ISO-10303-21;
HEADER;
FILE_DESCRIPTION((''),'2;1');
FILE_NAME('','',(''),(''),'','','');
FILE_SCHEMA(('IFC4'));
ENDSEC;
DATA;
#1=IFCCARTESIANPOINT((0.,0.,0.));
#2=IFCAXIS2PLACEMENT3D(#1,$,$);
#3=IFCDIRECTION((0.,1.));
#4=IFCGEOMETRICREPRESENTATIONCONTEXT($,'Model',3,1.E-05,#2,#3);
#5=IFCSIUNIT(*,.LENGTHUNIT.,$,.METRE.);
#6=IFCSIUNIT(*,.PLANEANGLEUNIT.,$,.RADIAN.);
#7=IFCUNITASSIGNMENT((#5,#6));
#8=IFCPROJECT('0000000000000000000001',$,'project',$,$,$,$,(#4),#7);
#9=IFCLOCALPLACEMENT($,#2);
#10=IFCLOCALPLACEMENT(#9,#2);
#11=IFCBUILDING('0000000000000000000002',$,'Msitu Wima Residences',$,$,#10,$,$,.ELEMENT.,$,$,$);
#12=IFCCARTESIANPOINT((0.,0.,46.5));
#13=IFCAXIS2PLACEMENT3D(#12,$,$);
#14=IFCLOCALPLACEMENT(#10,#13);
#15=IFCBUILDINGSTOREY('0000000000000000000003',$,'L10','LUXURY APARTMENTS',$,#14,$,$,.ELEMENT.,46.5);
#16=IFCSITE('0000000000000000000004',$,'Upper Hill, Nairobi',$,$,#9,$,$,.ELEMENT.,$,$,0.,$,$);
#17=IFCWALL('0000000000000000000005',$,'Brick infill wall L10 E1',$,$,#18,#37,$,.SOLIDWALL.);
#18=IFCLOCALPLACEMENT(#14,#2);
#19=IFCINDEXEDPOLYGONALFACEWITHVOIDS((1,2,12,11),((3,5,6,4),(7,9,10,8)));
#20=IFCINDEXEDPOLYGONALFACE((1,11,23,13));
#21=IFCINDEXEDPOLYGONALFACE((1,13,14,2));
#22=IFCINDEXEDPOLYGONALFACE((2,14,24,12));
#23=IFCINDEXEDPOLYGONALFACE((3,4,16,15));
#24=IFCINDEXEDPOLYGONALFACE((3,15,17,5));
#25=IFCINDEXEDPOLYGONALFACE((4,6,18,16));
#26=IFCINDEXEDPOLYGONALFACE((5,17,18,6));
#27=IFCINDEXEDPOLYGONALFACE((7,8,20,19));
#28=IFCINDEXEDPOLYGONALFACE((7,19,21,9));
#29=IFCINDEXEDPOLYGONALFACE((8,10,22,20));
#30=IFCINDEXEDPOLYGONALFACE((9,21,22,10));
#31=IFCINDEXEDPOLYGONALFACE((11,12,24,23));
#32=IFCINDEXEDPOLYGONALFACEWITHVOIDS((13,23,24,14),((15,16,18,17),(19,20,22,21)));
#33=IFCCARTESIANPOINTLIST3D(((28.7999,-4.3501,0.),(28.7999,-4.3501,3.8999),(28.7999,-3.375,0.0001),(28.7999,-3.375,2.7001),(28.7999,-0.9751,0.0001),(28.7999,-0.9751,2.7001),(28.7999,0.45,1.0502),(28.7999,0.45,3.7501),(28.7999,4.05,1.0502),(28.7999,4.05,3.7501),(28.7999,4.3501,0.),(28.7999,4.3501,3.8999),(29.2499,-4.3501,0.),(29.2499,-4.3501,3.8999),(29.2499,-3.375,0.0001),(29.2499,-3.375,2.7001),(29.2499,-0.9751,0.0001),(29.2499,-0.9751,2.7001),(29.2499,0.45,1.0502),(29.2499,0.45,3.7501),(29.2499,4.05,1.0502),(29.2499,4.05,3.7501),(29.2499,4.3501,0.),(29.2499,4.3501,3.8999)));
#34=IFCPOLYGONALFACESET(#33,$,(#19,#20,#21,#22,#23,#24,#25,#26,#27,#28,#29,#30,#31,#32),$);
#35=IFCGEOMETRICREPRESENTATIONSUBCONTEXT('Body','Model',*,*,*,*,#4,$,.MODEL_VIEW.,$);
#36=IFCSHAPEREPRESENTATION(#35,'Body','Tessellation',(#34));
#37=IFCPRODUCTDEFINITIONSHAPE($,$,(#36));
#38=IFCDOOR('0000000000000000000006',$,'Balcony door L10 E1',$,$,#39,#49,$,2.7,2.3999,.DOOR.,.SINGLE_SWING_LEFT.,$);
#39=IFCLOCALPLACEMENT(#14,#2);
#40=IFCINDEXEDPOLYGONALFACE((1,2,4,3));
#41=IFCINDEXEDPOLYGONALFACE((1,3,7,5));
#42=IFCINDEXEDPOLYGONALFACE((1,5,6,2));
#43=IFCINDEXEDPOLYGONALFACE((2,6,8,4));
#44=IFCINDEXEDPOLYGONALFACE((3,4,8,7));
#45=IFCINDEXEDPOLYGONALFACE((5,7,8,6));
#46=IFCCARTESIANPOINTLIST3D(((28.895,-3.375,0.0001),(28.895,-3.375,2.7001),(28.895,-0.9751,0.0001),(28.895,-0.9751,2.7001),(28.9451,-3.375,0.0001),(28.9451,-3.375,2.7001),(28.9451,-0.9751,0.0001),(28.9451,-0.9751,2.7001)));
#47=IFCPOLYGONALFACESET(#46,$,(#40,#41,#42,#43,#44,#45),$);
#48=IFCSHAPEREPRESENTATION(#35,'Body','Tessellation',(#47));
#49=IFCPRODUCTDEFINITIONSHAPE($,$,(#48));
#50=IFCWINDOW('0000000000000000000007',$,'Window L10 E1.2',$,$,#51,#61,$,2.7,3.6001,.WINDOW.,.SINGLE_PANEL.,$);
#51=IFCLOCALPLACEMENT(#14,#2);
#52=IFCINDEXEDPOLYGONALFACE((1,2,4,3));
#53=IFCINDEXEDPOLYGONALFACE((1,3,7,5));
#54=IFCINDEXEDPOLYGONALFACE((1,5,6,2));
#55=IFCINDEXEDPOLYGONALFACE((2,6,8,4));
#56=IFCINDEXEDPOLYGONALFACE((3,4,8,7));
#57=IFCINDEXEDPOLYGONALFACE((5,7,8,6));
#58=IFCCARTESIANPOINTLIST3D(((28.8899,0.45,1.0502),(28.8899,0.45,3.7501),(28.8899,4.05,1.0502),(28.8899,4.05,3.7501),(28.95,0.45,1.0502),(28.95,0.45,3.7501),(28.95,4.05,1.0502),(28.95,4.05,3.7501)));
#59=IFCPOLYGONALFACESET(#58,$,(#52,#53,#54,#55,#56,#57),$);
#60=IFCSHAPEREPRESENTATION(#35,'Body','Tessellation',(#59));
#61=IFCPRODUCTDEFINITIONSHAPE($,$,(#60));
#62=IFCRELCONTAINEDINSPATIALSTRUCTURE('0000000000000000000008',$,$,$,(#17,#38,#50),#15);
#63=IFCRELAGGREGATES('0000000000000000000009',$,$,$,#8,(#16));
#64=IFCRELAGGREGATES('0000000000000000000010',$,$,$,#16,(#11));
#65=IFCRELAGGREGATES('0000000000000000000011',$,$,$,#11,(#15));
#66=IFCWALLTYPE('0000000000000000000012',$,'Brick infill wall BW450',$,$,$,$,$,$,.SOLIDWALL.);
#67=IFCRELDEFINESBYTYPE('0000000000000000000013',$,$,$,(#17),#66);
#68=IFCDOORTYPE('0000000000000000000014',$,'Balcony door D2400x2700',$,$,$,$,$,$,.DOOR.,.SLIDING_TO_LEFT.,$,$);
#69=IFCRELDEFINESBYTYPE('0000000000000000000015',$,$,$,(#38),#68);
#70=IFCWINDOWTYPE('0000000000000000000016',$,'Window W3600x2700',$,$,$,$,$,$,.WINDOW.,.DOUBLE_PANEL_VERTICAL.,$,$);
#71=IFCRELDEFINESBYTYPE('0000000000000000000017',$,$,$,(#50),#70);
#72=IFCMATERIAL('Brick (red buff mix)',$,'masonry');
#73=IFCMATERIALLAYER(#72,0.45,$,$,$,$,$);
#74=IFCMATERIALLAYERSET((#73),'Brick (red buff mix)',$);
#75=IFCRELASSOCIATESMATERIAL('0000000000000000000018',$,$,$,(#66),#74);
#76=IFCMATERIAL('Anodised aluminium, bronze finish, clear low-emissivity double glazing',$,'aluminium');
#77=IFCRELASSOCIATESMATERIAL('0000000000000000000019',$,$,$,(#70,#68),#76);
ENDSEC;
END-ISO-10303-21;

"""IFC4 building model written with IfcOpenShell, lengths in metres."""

from ifc_helpers import new_model, si_unit, direction, frame, frame_2d, origin, place, context, subcontext, project, spatial, rectangle, extrude, material, layer, layer_set, type_object, element, fill, save


model = new_model("IFC4")

# Units and contexts
model_context = context("Model", 3, precision=1e-05, world=origin(), true_north=direction((0.0, 1.0)))
body_context = subcontext(model_context, "Body", "Model", "MODEL_VIEW")
ifc_project = project(units=[si_unit("LENGTHUNIT", "METRE"), si_unit("PLANEANGLEUNIT", "RADIAN")], contexts=[model_context])

# Site, building, storey
site_placement = place(None, origin())
site = spatial("IfcSite", under=ifc_project, at=site_placement, Name="Upper Hill, Nairobi", CompositionType="ELEMENT", RefElevation=0.0)
building_placement = place(site_placement, origin())
building = spatial("IfcBuilding", under=site, at=building_placement, Name="Msitu Wima Residences", CompositionType="ELEMENT")
storey_placement = place(building_placement, frame((0.0, 0.0, 46.5)))
storey = spatial("IfcBuildingStorey", under=building, at=storey_placement, Name="L10", Description="LUXURY APARTMENTS", CompositionType="ELEMENT", Elevation=46.5)

# Shared definitions
ifc_material_1 = material(Name="Brick (red buff mix)", Category="masonry")
ifc_layer_1 = layer(ifc_material_1, 0.45)
ifc_layer_set_1 = layer_set([ifc_layer_1], Name="Brick (red buff mix)")
wall_type_1 = type_object("IfcWallType", Name="Brick infill wall BW450", PredefinedType="SOLIDWALL", material=ifc_layer_set_1)
ifc_material_2 = material(Name="Anodised aluminium, bronze finish, clear low-emissivity double glazing", Category="aluminium")
window_type = type_object("IfcWindowType", Name="Window W3600x2700", PartitioningType="DOUBLE_PANEL_VERTICAL", PredefinedType="WINDOW", material=ifc_material_2)

# Wall, openings, door, window
wall_1_placement = place(storey_placement, frame((29.0249, -4.3501, 0.0), z_axis=(0.0, 0.0, 1.0), x_axis=(0.0, 1.0, 0.0)))
wall_1 = element("IfcWall", 1, at=wall_1_placement, inside=storey, type_object=wall_type_1, Name="Brick infill wall L10 E1", PredefinedType="SOLIDWALL", context=body_context, shape_type="SweptSolid", body=[
    extrude(rectangle(XDim=8.7002, YDim=0.45, at=frame_2d((4.3501, 0.0))), origin(), (0.0, 0.0, 1.0), 3.8999),
])
opening_1_placement = place(wall_1_placement, frame((0.9751, 0.0, 0.0)))
opening_1 = element("IfcOpeningElement", 2, at=opening_1_placement, cuts=wall_1, PredefinedType="OPENING", context=body_context, shape_type="SweptSolid", body=[
    extrude(rectangle(XDim=2.3999, YDim=2.7, at=frame_2d((1.2, 1.3501))), frame((0.0, 0.2349, 0.0), z_axis=(0.0, -1.0, 0.0), x_axis=(1.0, 0.0, 0.0)), (0.0, 0.0, 1.0), 0.47),
])
opening_2_placement = place(wall_1_placement, frame((4.8, 0.0, 1.05)))
opening_2 = element("IfcOpeningElement", 3, at=opening_2_placement, cuts=wall_1, PredefinedType="OPENING", context=body_context, shape_type="SweptSolid", body=[
    extrude(rectangle(XDim=3.6001, YDim=2.7, at=frame_2d((1.8, 1.3501))), frame((0.0, 0.2349, 0.0), z_axis=(0.0, -1.0, 0.0), x_axis=(1.0, 0.0, 0.0)), (0.0, 0.0, 1.0), 0.47),
])
door_type = type_object("IfcDoorType", Name="Balcony door D2400x2700", OperationType="SLIDING_TO_LEFT", PredefinedType="DOOR", material=ifc_material_2)
door_placement = place(opening_1_placement, origin())
door = element("IfcDoor", 4, at=door_placement, inside=storey, type_object=door_type, Name="Balcony door L10 E1", OperationType="SINGLE_SWING_LEFT", OverallHeight=2.7, OverallWidth=2.3999, PredefinedType="DOOR", context=body_context, shape_type="SweptSolid", body=[
    extrude(rectangle(XDim=2.3999, YDim=2.7, at=frame_2d((1.2, 1.3501))), frame((0.0, 0.1299, 0.0), z_axis=(0.0, -1.0, 0.0), x_axis=(1.0, 0.0, 0.0)), (0.0, 0.0, 1.0), 0.05),
])
fill(opening_1, door)
window_1_placement = place(opening_2_placement, origin())
window_1 = element("IfcWindow", 5, at=window_1_placement, inside=storey, type_object=window_type, Name="Window L10 E1.2", OverallHeight=2.7, OverallWidth=3.6001, PartitioningType="SINGLE_PANEL", PredefinedType="WINDOW", context=body_context, shape_type="SweptSolid", body=[
    extrude(rectangle(XDim=3.6001, YDim=2.7, at=frame_2d((1.8, 1.3501))), frame((0.0, 0.135, 0.0), z_axis=(0.0, -1.0, 0.0), x_axis=(1.0, 0.0, 0.0)), (0.0, 0.0, 1.0), 0.0601),
])
fill(opening_2, window_1)

save(model, "model.ifc")
